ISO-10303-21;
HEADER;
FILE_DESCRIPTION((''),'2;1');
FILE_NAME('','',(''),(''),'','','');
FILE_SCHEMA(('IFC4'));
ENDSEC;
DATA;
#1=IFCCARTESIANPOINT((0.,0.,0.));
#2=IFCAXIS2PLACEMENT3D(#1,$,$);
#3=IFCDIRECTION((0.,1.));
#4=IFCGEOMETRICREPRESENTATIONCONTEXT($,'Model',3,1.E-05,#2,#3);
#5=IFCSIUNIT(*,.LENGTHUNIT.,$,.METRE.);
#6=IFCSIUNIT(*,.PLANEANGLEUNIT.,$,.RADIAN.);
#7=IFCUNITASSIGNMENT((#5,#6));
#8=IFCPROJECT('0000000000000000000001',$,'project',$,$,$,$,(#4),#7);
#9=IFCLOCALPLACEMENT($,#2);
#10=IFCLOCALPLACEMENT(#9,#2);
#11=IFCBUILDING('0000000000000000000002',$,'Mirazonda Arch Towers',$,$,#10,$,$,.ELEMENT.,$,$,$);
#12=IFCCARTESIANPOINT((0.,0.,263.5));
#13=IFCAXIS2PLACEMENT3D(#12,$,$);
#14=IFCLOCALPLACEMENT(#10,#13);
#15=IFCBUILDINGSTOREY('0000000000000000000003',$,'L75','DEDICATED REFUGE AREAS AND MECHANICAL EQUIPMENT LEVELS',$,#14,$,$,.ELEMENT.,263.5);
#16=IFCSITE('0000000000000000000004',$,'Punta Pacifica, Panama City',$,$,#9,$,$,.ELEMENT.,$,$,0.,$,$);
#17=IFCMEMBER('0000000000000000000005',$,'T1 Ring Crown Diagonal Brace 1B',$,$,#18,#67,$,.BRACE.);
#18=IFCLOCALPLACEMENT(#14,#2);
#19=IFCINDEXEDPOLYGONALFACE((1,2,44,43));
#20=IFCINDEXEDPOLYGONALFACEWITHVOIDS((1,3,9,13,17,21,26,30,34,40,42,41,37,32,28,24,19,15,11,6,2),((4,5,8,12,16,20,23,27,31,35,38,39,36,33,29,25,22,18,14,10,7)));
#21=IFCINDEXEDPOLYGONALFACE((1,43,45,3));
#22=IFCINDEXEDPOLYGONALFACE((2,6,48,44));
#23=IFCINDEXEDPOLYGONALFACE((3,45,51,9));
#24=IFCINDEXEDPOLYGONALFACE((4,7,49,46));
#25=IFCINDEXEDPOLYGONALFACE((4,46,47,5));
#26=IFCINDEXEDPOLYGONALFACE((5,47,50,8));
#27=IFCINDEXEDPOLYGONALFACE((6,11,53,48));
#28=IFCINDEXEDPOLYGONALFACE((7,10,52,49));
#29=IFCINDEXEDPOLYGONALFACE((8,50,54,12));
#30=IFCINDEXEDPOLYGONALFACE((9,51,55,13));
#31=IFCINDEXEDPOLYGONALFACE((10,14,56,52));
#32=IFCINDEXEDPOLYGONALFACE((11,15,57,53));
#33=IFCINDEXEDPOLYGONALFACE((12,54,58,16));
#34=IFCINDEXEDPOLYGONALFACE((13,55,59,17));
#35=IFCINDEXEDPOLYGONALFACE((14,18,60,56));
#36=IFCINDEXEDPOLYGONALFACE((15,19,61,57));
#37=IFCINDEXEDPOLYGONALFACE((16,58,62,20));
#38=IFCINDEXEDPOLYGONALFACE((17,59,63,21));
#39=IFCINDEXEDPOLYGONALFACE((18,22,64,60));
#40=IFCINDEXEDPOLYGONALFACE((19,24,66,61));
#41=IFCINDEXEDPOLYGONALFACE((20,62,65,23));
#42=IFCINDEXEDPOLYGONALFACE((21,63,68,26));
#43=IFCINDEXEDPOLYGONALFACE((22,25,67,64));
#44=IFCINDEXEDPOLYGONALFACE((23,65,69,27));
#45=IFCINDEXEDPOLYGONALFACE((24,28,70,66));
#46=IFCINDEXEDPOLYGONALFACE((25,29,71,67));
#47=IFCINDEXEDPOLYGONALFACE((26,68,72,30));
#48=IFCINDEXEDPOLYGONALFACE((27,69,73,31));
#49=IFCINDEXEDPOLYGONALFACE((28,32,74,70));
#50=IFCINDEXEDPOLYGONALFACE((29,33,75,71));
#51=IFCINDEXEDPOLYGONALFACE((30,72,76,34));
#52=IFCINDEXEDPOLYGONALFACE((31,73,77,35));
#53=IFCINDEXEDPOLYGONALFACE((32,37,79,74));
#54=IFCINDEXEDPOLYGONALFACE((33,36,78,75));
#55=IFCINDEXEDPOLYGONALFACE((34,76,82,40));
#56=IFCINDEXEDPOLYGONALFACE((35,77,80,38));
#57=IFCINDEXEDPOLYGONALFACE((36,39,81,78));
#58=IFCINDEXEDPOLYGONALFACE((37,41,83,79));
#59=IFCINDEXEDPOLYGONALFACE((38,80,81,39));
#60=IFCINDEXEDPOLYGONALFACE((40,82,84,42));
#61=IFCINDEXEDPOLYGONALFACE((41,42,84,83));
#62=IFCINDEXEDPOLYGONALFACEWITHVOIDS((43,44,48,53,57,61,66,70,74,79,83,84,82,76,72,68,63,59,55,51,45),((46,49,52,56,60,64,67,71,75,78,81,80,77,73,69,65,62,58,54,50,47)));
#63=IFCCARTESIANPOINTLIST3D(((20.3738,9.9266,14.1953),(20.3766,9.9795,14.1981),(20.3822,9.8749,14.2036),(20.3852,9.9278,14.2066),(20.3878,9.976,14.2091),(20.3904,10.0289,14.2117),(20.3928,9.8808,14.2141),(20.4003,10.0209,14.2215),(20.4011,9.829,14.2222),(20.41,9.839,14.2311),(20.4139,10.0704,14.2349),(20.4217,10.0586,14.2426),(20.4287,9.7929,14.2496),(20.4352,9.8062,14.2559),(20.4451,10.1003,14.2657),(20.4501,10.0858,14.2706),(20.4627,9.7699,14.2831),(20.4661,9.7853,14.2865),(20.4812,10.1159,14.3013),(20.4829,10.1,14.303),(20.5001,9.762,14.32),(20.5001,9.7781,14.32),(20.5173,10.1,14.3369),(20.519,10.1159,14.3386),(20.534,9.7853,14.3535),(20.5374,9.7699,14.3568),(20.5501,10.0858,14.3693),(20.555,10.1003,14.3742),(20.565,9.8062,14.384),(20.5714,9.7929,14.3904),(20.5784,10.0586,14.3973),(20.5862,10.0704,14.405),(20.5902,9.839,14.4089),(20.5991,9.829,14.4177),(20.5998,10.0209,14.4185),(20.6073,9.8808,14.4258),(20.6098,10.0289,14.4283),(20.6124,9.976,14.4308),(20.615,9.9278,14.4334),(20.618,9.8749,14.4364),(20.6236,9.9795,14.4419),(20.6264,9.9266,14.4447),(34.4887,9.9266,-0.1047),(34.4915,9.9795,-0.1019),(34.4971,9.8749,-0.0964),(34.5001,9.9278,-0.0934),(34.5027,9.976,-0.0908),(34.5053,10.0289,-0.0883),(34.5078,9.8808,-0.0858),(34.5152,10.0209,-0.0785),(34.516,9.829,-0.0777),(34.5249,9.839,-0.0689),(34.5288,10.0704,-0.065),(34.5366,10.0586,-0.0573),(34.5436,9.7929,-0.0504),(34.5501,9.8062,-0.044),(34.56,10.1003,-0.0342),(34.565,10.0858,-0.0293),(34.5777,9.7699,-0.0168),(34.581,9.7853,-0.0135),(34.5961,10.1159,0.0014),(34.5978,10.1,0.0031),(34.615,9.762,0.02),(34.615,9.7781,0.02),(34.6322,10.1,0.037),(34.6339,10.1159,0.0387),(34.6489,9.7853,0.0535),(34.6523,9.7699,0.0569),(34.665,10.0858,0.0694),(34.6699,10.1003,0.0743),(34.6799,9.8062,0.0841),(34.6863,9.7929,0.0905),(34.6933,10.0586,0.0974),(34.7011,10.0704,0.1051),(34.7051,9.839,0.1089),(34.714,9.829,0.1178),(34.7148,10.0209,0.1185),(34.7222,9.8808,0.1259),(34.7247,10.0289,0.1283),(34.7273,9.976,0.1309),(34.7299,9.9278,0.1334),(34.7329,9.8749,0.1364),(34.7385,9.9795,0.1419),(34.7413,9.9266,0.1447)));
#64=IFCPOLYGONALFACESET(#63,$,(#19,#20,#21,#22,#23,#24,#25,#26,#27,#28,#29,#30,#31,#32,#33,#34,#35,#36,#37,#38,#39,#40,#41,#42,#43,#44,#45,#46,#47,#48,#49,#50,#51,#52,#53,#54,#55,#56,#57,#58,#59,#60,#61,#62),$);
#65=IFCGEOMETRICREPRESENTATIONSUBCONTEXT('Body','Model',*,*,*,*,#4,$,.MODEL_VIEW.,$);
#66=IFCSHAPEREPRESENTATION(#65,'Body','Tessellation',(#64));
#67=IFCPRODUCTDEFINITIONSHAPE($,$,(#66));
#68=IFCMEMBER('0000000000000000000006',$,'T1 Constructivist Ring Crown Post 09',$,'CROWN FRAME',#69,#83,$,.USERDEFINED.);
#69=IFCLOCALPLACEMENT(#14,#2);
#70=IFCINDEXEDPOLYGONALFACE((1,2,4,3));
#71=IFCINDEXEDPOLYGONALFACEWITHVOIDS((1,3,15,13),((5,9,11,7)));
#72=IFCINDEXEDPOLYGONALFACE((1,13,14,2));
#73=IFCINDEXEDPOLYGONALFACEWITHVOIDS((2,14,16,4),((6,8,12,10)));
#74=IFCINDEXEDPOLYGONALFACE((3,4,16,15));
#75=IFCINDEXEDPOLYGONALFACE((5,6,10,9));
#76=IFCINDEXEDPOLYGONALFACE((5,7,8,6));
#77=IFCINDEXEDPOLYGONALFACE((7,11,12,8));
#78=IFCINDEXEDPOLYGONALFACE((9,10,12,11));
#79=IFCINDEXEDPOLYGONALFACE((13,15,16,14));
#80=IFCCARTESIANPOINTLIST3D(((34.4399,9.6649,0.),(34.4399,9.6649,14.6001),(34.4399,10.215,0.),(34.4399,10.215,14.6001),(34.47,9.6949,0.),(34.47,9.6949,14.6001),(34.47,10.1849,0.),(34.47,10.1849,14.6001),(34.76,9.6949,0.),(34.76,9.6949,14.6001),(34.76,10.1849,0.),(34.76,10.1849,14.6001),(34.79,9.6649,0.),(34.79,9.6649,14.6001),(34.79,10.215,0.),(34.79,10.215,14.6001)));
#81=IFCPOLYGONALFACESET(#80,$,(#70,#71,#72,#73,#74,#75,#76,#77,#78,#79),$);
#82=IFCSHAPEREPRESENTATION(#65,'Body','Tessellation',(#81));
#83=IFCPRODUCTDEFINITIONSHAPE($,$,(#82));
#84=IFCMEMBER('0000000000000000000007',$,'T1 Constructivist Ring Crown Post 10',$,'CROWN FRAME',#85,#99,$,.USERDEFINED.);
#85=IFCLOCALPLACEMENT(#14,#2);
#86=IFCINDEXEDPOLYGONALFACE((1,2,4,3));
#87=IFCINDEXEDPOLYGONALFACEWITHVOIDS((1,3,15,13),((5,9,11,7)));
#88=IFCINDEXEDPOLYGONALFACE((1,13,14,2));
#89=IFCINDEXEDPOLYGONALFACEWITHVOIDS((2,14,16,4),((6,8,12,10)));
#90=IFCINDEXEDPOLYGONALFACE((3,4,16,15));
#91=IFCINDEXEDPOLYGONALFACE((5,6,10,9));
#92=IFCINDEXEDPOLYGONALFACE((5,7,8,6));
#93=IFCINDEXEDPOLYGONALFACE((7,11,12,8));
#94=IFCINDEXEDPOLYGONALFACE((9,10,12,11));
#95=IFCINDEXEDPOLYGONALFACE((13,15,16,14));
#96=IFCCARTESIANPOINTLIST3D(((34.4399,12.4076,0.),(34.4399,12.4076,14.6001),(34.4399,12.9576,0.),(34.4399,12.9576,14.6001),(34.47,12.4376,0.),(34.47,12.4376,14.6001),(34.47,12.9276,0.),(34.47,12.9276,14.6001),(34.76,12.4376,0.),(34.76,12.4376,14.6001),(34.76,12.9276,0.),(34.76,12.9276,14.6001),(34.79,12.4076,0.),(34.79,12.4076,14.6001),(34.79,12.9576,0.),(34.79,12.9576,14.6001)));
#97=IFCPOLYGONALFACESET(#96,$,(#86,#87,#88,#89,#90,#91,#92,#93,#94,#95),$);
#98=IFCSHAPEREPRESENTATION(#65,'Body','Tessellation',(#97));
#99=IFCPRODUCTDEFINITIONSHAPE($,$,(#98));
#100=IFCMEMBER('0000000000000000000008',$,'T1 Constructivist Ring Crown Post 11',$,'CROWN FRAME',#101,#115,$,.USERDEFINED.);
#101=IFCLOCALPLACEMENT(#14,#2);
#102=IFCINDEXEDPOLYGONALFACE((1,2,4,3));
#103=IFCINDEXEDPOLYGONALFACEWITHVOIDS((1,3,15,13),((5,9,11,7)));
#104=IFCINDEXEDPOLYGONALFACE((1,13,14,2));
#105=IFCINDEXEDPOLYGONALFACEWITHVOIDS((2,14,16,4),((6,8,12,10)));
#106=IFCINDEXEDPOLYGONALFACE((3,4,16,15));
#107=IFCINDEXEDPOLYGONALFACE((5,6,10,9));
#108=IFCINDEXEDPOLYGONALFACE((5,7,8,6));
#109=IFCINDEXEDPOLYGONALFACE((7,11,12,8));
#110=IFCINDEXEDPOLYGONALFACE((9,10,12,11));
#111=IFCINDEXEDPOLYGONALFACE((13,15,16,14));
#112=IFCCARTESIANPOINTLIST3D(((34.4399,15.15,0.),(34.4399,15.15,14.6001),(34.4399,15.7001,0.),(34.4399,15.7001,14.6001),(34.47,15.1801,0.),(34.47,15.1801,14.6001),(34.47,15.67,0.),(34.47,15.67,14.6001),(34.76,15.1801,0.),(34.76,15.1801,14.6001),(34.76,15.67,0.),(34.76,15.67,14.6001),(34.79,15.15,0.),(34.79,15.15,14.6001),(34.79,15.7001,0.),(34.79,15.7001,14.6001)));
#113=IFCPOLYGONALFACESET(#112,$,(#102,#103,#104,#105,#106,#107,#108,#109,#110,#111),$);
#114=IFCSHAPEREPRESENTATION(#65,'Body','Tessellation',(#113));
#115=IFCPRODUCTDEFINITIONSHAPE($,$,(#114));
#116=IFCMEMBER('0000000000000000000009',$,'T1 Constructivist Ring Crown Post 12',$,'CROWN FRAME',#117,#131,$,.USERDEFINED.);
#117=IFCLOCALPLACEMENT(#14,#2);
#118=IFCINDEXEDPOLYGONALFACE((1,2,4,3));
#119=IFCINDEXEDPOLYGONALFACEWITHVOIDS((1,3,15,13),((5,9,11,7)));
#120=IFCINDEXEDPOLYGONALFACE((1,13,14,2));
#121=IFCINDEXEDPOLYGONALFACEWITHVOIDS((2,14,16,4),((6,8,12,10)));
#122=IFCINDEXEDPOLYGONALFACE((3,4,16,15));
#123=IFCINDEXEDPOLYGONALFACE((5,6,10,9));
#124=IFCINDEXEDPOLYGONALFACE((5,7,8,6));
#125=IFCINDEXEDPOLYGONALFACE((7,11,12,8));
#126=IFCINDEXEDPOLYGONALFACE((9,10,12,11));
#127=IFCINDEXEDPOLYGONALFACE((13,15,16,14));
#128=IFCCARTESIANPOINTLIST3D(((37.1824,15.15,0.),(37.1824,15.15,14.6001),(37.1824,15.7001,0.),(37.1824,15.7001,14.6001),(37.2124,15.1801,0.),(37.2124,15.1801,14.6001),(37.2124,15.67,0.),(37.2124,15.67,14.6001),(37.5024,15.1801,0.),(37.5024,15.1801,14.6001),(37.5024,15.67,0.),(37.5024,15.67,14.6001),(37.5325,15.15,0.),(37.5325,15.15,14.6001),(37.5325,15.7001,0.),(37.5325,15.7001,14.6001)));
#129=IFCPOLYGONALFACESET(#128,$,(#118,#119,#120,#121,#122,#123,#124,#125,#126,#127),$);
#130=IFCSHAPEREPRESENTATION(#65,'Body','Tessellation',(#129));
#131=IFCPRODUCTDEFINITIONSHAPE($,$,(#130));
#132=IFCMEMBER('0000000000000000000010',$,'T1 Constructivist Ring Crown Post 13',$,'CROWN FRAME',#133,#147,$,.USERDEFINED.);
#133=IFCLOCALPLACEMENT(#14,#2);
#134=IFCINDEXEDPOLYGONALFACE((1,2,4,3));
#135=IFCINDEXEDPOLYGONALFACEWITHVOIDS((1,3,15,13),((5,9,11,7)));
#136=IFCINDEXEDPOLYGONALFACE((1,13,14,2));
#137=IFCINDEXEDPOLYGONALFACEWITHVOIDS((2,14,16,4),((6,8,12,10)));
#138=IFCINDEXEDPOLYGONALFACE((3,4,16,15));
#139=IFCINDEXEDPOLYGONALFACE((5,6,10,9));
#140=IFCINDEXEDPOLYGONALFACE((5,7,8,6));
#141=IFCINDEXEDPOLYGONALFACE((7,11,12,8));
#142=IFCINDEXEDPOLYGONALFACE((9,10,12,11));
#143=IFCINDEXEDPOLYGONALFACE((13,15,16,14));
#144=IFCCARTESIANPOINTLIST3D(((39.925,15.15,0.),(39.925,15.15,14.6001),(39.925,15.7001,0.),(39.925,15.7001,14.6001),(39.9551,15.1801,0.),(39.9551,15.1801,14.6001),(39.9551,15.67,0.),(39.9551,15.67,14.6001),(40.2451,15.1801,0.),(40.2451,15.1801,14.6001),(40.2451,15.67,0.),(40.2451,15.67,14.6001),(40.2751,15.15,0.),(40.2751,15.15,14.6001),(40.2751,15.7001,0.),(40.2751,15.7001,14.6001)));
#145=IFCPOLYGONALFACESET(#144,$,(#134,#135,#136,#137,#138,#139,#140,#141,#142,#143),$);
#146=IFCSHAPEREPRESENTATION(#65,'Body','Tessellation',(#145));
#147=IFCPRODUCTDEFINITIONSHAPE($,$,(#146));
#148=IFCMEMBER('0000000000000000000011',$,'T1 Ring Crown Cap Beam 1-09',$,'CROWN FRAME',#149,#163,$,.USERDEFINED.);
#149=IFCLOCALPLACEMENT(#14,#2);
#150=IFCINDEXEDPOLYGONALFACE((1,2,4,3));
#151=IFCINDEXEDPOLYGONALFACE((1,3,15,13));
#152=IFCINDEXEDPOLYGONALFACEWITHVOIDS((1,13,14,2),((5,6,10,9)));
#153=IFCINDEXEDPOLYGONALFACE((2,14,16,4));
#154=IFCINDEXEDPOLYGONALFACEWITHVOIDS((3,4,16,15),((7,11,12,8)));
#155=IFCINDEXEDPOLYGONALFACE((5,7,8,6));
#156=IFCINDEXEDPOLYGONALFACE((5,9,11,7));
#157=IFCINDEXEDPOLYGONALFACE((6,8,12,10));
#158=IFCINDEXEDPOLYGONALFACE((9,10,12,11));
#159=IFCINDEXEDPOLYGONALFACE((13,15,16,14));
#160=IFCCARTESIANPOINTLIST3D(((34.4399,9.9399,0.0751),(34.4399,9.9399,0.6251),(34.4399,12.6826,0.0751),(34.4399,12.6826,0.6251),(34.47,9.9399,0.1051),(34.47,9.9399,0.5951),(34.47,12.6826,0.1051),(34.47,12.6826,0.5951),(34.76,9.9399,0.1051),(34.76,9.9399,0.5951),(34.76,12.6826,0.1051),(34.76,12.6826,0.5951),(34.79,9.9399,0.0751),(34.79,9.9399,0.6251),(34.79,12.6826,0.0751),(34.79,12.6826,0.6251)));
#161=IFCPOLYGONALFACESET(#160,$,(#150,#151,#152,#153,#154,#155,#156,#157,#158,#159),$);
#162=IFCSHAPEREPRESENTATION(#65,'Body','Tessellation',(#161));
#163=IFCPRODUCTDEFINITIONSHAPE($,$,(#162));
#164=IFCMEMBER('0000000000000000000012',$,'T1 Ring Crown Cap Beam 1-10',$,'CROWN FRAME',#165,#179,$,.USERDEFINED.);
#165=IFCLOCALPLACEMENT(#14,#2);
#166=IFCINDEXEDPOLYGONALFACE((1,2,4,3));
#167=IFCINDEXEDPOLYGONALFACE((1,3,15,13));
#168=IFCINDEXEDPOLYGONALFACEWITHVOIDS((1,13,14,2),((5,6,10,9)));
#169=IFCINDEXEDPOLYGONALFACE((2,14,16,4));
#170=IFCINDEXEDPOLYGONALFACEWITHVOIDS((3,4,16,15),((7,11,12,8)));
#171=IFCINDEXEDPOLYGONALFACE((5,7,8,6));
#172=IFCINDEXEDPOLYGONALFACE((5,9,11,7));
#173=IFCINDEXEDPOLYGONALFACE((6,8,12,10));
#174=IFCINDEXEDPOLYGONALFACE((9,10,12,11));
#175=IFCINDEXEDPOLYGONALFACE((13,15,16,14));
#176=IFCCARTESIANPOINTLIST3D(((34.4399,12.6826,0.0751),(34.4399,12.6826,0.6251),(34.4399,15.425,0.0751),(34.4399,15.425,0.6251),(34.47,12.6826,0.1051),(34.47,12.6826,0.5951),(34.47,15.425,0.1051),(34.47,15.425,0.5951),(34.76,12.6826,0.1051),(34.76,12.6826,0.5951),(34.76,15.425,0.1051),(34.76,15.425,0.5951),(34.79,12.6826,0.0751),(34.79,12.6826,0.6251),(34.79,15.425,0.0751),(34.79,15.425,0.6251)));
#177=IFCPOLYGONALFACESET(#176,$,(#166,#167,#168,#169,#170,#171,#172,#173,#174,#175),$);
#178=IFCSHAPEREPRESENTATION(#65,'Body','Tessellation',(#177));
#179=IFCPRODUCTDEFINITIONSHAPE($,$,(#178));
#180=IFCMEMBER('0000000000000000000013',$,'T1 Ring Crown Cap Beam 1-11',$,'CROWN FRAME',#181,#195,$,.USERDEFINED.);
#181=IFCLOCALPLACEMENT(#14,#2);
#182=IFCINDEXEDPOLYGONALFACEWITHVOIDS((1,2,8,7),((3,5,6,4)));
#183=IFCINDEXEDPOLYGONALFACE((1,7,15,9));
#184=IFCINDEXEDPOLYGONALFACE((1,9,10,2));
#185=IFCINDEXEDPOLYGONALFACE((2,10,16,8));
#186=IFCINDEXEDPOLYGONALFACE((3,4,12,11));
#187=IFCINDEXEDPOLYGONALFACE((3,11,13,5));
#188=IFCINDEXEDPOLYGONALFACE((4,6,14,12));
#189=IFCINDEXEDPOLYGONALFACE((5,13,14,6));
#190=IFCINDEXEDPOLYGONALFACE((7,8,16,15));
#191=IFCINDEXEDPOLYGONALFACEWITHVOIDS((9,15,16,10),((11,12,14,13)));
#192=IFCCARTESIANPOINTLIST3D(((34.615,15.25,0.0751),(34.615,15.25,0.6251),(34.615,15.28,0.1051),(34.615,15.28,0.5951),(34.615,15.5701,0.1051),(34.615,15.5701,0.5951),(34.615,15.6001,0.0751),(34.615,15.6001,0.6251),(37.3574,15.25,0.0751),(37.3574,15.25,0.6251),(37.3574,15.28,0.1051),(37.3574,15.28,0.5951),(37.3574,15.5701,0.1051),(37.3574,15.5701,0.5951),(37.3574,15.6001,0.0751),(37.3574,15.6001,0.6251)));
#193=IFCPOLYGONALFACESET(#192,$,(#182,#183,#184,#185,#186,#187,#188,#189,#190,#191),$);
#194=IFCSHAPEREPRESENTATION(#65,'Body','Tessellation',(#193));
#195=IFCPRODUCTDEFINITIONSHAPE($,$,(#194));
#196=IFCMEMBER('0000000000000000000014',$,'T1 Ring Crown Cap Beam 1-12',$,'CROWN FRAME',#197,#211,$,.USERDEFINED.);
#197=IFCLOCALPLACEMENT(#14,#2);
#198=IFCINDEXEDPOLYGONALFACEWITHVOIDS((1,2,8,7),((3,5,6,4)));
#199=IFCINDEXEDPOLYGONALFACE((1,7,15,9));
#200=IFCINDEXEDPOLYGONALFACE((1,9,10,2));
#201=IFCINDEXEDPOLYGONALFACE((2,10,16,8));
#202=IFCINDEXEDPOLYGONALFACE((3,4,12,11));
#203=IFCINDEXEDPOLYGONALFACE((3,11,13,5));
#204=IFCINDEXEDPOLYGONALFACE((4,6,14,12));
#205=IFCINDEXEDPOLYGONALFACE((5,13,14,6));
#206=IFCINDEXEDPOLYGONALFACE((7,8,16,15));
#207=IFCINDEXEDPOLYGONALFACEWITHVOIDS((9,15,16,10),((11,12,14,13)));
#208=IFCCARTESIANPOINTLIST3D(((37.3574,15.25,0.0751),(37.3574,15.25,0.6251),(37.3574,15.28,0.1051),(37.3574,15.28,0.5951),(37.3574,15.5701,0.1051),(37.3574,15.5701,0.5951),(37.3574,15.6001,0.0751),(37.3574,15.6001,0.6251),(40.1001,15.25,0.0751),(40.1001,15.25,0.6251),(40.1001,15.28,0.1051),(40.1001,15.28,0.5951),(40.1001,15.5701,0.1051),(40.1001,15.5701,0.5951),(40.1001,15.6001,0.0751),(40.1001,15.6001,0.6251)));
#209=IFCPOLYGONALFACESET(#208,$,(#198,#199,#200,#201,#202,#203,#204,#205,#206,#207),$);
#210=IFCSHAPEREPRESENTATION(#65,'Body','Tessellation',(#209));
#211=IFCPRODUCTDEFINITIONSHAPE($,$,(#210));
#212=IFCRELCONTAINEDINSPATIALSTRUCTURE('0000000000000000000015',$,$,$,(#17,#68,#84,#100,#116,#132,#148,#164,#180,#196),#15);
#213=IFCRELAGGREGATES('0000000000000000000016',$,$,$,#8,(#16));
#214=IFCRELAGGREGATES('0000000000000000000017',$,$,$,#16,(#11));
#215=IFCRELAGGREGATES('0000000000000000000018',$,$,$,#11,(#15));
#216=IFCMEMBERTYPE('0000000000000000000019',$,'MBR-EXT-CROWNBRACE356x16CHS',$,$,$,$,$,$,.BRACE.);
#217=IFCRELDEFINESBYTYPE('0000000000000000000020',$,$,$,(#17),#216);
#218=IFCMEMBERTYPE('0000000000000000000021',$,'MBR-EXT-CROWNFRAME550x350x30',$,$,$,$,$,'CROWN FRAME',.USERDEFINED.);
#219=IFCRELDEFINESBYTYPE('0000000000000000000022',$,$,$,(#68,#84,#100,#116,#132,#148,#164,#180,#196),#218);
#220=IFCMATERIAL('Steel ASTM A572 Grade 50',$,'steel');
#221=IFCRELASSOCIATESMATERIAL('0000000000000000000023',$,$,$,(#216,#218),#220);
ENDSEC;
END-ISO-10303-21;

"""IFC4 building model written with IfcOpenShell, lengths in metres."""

from ifc_helpers import new_model, si_unit, direction, frame, origin, origin_2d, place, context, subcontext, project, spatial, hollow_rectangle, hollow_circle, extrude, material, material_profile, profile_set, type_object, element, save


model = new_model("IFC4")

# Units and contexts
model_context = context("Model", 3, precision=1e-05, world=origin(), true_north=direction((0.0, 1.0)))
body_context = subcontext(model_context, "Body", "Model", "MODEL_VIEW")
ifc_project = project(units=[si_unit("LENGTHUNIT", "METRE"), si_unit("PLANEANGLEUNIT", "RADIAN")], contexts=[model_context])

# Site, building, storey
site_placement = place(None, origin())
site = spatial("IfcSite", under=ifc_project, at=site_placement, Name="Punta Pacifica, Panama City", CompositionType="ELEMENT", RefElevation=0.0)
building_placement = place(site_placement, origin())
building = spatial("IfcBuilding", under=site, at=building_placement, Name="Mirazonda Arch Towers", CompositionType="ELEMENT")
storey_placement = place(building_placement, frame((0.0, 0.0, 263.5)))
storey = spatial("IfcBuildingStorey", under=building, at=storey_placement, Name="L75", Description="DEDICATED REFUGE AREAS AND MECHANICAL EQUIPMENT LEVELS", CompositionType="ELEMENT", Elevation=263.5)

# Members
ifc_material_1 = material(Name="Steel ASTM A572 Grade 50", Category="steel")
ifc_material_profile_1 = material_profile(ifc_material_1, hollow_circle(Radius=0.178, WallThickness=0.0161, at=origin_2d()), Name="CROWNBRACE356x16CHS")
ifc_profile_set_1 = profile_set([ifc_material_profile_1], Name="Steel ASTM A572 Grade 50")
member_type_1 = type_object("IfcMemberType", Name="MBR-EXT-CROWNBRACE356x16CHS", PredefinedType="BRACE", material=ifc_profile_set_1)
member_1_placement = place(storey_placement, frame((34.615, 9.9399, 0.02), z_axis=(-0.702487, 0.0, 0.711697), x_axis=(0.0, -1.0, 0.0)))
element("IfcMember", 1, at=member_1_placement, inside=storey, type_object=member_type_1, Name="T1 Ring Crown Diagonal Brace 1B", PredefinedType="BRACE", context=body_context, shape_type="SweptSolid", body=[
    extrude(hollow_circle(Radius=0.178, WallThickness=0.0161, at=origin_2d()), origin(), (0.0, 0.0, 1.0), 20.0928),
])
ifc_material_profile_2 = material_profile(ifc_material_1, hollow_rectangle(XDim=0.3501, YDim=0.55, WallThickness=0.03, at=origin_2d()), Name="CROWNFRAME550x350x30")
ifc_profile_set_2 = profile_set([ifc_material_profile_2], Name="Steel ASTM A572 Grade 50")
member_type_2 = type_object("IfcMemberType", Name="MBR-EXT-CROWNFRAME550x350x30", ElementType="CROWN FRAME", PredefinedType="USERDEFINED", material=ifc_profile_set_2)
for number, where, z_axis, x_axis, name in (
    (2, (34.615, 9.9399, 0.0), (0.0, 0.0, 1.0), (1.0, 0.0, 0.0), "T1 Constructivist Ring Crown Post 09"),
    (3, (34.615, 12.6826, 0.0), (0.0, 0.0, 1.0), (1.0, 0.0, 0.0), "T1 Constructivist Ring Crown Post 10"),
    (4, (34.615, 15.425, 0.0), (0.0, 0.0, 1.0), (1.0, 0.0, 0.0), "T1 Constructivist Ring Crown Post 11"),
    (5, (37.3574, 15.425, 0.0), (0.0, 0.0, 1.0), (1.0, 0.0, 0.0), "T1 Constructivist Ring Crown Post 12"),
    (6, (40.1001, 15.425, 0.0), (0.0, 0.0, 1.0), (1.0, 0.0, 0.0), "T1 Constructivist Ring Crown Post 13"),
):
    element("IfcMember", number, at=place(storey_placement, frame(where, z_axis=z_axis, x_axis=x_axis)), inside=storey, type_object=member_type_2, Name=name, ObjectType="CROWN FRAME", PredefinedType="USERDEFINED", context=body_context, shape_type="SweptSolid", body=[
        extrude(hollow_rectangle(XDim=0.3501, YDim=0.55, WallThickness=0.03, at=origin_2d()), origin(), (0.0, 0.0, 1.0), 14.6001),
    ])
member_2_placement = place(storey_placement, frame((34.615, 9.9399, 0.3501), z_axis=(0.0, 1.0, 0.0), x_axis=(-1.0, 0.0, 0.0)))
element("IfcMember", 7, at=member_2_placement, inside=storey, type_object=member_type_2, Name="T1 Ring Crown Cap Beam 1-09", ObjectType="CROWN FRAME", PredefinedType="USERDEFINED", context=body_context, shape_type="SweptSolid", body=[
    extrude(hollow_rectangle(XDim=0.3501, YDim=0.55, WallThickness=0.03, at=origin_2d()), origin(), (0.0, 0.0, 1.0), 2.7427),
])
for number, where, z_axis, x_axis, name in (
    (8, (34.615, 12.6826, 0.3501), (0.0, 1.0, 0.0), (-1.0, 0.0, 0.0), "T1 Ring Crown Cap Beam 1-10"),
    (9, (34.615, 15.425, 0.3501), (1.0, 0.0, 0.0), (0.0, 1.0, 0.0), "T1 Ring Crown Cap Beam 1-11"),
):
    element("IfcMember", number, at=place(storey_placement, frame(where, z_axis=z_axis, x_axis=x_axis)), inside=storey, type_object=member_type_2, Name=name, ObjectType="CROWN FRAME", PredefinedType="USERDEFINED", context=body_context, shape_type="SweptSolid", body=[
        extrude(hollow_rectangle(XDim=0.3501, YDim=0.55, WallThickness=0.03, at=origin_2d()), origin(), (0.0, 0.0, 1.0), 2.7424),
    ])
for number, where, z_axis, x_axis, name in (
    (10, (37.3574, 15.425, 0.3501), (1.0, 0.0, 0.0), (0.0, 1.0, 0.0), "T1 Ring Crown Cap Beam 1-12"),
):
    element("IfcMember", number, at=place(storey_placement, frame(where, z_axis=z_axis, x_axis=x_axis)), inside=storey, type_object=member_type_2, Name=name, ObjectType="CROWN FRAME", PredefinedType="USERDEFINED", context=body_context, shape_type="SweptSolid", body=[
        extrude(hollow_rectangle(XDim=0.3501, YDim=0.55, WallThickness=0.03, at=origin_2d()), origin(), (0.0, 0.0, 1.0), 2.7427),
    ])

save(model, "model.ifc")
